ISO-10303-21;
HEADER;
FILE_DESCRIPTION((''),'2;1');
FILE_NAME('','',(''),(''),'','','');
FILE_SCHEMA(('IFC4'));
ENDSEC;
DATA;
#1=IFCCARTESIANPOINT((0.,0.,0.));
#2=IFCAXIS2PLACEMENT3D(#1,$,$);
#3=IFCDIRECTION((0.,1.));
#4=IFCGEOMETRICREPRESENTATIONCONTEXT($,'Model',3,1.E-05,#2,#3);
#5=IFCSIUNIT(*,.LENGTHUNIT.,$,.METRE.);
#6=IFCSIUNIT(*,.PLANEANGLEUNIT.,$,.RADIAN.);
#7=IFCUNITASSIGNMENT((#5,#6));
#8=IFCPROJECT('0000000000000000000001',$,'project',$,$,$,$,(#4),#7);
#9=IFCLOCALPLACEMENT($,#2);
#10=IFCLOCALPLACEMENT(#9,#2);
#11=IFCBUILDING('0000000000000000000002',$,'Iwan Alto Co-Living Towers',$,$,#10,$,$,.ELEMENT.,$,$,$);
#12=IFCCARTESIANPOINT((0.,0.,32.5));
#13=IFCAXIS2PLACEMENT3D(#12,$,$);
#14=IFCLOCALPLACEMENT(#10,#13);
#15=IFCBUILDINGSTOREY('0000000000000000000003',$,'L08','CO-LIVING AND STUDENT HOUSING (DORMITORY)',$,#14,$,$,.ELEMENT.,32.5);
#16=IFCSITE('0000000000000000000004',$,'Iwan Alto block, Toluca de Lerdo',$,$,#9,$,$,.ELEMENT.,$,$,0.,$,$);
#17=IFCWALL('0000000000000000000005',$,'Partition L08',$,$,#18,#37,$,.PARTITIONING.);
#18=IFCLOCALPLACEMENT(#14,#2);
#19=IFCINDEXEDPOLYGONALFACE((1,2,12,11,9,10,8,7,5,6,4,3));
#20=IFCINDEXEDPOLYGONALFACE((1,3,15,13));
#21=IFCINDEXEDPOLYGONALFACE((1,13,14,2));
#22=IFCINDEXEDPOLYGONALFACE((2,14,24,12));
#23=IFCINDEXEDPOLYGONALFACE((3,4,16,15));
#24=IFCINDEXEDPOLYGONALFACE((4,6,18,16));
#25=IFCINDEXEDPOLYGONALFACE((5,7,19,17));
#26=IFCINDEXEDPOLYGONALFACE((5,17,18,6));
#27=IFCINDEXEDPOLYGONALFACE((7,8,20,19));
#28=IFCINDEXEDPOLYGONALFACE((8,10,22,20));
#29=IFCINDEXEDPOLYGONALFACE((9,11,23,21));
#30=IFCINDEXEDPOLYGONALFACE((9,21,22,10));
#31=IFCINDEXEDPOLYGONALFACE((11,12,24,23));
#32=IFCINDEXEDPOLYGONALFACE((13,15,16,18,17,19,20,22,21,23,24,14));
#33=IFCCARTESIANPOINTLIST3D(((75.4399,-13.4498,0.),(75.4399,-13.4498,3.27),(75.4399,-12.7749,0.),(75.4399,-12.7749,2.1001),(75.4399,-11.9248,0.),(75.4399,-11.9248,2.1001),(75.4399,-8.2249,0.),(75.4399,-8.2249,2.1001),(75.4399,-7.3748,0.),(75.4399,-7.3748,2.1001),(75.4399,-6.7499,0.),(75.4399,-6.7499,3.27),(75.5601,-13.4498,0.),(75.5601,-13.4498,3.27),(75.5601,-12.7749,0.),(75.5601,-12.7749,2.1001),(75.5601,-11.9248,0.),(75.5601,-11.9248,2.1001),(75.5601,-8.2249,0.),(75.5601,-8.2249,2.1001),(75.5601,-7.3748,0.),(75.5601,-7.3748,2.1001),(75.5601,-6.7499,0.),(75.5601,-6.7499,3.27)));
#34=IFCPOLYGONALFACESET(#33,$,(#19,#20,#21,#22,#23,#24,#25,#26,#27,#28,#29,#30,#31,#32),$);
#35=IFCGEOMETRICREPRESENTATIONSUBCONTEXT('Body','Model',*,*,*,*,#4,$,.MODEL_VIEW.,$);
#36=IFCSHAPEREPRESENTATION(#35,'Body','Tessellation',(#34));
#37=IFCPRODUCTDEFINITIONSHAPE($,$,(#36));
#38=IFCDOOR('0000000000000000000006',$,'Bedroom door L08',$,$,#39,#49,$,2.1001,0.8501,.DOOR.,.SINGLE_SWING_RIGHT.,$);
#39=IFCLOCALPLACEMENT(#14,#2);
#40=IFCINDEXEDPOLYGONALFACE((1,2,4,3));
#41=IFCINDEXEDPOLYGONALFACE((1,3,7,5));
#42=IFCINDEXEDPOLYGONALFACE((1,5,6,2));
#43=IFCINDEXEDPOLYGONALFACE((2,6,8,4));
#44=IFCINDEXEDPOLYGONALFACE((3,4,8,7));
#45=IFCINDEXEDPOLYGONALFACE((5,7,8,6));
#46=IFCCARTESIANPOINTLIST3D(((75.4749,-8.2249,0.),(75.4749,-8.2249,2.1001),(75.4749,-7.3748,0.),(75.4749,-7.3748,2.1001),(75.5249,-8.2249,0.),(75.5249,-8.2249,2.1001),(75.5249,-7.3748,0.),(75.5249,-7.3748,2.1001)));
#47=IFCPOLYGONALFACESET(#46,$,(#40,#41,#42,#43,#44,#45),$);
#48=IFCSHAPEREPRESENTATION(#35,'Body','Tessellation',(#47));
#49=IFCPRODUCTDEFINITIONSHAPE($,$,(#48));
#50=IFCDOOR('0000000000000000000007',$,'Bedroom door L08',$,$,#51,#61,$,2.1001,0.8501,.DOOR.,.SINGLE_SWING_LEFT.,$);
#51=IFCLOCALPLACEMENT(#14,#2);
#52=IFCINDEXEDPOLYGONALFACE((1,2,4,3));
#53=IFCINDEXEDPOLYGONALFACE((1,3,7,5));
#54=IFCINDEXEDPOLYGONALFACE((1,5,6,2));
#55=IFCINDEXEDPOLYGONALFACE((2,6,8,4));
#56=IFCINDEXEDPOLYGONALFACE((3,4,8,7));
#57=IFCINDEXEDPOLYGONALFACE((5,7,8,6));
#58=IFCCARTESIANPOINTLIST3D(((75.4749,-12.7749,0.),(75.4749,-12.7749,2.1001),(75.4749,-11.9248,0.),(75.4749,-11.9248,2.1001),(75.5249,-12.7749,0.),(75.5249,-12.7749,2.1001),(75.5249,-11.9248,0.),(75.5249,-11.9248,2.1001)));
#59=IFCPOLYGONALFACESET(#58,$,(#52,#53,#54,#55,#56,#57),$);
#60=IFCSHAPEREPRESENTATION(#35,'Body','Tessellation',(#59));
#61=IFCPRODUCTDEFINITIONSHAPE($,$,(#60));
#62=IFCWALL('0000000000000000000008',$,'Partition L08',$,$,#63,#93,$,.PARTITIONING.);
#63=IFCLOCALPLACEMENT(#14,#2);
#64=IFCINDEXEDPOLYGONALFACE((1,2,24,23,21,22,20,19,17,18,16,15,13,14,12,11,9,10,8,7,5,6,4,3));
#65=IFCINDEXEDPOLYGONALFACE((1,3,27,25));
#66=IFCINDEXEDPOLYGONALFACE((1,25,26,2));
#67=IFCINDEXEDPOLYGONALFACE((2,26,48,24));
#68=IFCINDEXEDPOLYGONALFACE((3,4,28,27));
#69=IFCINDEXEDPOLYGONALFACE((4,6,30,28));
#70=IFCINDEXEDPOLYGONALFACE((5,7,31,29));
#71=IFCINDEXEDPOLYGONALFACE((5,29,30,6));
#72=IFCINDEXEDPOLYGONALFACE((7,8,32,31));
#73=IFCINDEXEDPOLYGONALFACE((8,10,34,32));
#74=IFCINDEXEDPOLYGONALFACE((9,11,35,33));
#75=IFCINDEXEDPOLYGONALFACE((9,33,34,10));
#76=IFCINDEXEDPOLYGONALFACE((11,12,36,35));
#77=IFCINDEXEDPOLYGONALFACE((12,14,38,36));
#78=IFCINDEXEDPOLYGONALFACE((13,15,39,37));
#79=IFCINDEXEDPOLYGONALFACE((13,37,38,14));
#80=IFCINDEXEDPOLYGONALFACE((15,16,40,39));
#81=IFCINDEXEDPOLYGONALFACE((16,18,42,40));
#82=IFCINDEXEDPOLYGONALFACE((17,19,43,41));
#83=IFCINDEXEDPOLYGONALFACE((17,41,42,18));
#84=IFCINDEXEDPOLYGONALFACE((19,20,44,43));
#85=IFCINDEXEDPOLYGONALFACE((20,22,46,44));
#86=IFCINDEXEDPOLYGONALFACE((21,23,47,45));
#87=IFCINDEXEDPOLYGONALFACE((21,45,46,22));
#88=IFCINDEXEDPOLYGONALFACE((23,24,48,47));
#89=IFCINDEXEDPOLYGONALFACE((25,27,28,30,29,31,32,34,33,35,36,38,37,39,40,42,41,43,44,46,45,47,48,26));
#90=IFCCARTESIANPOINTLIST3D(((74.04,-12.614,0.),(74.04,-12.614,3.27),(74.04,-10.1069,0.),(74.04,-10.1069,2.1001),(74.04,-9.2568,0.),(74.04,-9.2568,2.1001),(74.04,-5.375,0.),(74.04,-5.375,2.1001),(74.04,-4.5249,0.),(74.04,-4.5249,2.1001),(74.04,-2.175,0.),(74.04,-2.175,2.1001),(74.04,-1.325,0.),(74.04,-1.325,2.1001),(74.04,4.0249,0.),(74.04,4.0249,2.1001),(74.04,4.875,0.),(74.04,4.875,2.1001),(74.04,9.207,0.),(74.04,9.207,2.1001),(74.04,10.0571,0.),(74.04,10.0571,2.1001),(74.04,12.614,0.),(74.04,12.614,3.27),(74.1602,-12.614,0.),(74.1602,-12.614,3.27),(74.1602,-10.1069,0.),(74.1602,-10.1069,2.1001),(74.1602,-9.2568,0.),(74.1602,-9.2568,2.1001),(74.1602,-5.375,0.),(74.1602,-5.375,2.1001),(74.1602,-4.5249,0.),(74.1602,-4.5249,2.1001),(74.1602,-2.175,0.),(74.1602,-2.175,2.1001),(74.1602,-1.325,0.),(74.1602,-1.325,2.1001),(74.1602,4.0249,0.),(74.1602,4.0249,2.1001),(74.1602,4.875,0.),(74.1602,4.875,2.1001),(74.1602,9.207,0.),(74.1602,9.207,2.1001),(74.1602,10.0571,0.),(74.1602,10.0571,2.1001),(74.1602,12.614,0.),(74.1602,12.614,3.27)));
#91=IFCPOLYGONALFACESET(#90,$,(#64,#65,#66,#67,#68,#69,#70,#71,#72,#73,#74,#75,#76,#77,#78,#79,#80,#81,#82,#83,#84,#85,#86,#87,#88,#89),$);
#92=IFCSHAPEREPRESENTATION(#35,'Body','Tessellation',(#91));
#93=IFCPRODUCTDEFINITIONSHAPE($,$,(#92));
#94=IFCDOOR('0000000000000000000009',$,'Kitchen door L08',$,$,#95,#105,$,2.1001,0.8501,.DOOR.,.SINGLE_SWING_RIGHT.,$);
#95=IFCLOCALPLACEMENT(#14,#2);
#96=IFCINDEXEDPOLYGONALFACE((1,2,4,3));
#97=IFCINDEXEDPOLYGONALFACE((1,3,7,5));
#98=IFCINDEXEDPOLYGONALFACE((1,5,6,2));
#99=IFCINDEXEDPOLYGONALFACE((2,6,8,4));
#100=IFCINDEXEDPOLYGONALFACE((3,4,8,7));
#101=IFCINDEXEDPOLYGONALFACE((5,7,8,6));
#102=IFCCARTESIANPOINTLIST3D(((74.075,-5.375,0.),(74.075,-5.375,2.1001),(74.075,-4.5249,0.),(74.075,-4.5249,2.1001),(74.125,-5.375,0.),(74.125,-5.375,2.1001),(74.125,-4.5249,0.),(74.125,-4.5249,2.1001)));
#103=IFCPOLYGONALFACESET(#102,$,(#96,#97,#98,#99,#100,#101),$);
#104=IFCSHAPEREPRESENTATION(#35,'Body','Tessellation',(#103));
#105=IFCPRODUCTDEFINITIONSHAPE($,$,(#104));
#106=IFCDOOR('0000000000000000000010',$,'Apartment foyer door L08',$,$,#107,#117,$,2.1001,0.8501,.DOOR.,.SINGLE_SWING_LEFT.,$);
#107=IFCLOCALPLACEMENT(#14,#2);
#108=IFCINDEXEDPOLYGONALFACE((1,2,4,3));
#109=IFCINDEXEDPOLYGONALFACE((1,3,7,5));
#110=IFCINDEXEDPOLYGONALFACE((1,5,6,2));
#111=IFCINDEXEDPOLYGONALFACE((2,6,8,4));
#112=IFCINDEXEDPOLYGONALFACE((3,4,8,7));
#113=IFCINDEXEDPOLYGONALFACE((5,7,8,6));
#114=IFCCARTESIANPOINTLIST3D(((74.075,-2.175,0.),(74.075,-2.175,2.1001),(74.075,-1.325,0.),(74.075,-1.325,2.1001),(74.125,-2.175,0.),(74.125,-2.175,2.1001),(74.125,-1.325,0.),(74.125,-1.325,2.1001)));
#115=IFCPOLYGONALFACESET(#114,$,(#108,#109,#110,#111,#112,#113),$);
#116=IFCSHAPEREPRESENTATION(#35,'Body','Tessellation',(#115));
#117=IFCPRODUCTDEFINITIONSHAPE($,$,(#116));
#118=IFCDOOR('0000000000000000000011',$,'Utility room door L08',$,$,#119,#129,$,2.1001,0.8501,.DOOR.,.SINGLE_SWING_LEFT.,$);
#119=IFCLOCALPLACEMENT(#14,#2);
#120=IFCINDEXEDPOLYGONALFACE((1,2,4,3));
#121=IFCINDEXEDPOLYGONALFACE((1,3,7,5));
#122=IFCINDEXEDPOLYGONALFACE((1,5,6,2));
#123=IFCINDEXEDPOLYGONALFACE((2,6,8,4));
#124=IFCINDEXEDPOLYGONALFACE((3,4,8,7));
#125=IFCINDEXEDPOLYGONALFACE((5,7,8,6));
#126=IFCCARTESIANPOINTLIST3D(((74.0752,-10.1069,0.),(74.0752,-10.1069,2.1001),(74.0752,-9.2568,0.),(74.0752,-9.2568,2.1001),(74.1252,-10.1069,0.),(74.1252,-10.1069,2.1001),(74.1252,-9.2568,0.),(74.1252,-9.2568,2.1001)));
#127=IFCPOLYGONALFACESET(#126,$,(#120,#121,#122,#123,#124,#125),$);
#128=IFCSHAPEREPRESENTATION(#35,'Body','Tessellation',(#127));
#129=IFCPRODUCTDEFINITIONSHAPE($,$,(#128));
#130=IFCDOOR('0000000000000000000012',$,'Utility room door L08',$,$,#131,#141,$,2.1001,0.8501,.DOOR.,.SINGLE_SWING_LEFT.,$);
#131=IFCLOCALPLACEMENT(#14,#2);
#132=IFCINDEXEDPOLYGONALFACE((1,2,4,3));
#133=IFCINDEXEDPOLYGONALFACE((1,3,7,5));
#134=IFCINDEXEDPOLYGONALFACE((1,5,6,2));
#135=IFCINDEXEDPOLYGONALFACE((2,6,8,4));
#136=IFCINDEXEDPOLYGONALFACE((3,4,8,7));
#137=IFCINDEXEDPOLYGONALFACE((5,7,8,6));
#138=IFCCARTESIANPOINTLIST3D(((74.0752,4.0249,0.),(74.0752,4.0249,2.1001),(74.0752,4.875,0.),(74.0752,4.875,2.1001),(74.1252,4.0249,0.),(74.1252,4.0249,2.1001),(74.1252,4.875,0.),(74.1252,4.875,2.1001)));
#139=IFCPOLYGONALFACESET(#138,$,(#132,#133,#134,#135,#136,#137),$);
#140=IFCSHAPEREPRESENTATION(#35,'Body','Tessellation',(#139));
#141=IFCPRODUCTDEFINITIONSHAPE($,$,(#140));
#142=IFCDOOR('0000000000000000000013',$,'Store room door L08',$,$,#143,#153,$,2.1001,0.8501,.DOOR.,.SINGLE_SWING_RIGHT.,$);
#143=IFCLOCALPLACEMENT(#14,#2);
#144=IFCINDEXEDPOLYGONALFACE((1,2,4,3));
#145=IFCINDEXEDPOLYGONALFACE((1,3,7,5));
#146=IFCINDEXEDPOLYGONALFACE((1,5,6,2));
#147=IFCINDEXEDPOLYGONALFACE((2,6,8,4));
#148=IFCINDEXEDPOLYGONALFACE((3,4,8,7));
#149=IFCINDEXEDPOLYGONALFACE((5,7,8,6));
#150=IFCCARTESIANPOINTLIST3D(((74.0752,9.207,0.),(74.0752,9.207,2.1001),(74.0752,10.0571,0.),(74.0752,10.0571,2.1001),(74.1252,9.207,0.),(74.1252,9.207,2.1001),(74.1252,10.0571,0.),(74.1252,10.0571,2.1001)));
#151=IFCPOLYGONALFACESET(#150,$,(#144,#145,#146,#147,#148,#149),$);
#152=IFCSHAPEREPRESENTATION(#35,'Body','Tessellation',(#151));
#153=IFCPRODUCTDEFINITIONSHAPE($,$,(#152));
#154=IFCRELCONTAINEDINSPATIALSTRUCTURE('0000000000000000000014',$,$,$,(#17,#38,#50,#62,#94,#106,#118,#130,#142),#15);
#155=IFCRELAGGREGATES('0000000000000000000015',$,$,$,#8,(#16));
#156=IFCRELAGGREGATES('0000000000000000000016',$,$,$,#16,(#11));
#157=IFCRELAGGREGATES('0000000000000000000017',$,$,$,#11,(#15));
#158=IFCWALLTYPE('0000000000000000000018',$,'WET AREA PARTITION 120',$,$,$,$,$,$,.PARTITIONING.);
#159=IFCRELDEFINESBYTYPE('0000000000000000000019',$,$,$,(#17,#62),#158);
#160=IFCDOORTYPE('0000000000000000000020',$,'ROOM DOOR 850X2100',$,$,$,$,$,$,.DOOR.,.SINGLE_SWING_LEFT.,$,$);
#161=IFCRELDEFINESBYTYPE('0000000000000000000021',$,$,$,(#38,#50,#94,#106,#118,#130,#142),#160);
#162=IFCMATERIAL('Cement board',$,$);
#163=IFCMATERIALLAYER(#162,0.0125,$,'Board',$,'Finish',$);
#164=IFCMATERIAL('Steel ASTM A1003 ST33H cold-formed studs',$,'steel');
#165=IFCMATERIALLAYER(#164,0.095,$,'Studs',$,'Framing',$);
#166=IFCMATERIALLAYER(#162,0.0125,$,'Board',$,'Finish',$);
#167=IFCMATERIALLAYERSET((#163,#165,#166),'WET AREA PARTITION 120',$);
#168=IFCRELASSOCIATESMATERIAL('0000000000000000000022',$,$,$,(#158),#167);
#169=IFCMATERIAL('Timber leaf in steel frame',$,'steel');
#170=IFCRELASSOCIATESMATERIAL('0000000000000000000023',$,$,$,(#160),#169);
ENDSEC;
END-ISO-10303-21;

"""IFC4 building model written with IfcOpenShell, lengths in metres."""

from ifc_helpers import new_model, si_unit, direction, frame, frame_2d, origin, place, context, subcontext, project, spatial, rectangle, extrude, material, layer, layer_set, type_object, element, fill, save


model = new_model("IFC4")

# Units and contexts
model_context = context("Model", 3, precision=1e-05, world=origin(), true_north=direction((0.0, 1.0)))
body_context = subcontext(model_context, "Body", "Model", "MODEL_VIEW")
ifc_project = project(units=[si_unit("LENGTHUNIT", "METRE"), si_unit("PLANEANGLEUNIT", "RADIAN")], contexts=[model_context])

# Site, building, storey
site_placement = place(None, origin())
site = spatial("IfcSite", under=ifc_project, at=site_placement, Name="Iwan Alto block, Toluca de Lerdo", CompositionType="ELEMENT", RefElevation=0.0)
building_placement = place(site_placement, origin())
building = spatial("IfcBuilding", under=site, at=building_placement, Name="Iwan Alto Co-Living Towers", CompositionType="ELEMENT")
storey_placement = place(building_placement, frame((0.0, 0.0, 32.5)))
storey = spatial("IfcBuildingStorey", under=building, at=storey_placement, Name="L08", Description="CO-LIVING AND STUDENT HOUSING (DORMITORY)", CompositionType="ELEMENT", Elevation=32.5)

# Shared definitions
ifc_material_1 = material(Name="Steel ASTM A1003 ST33H cold-formed studs", Category="steel")
ifc_material_2 = material(Name="Cement board")
ifc_layer_1 = layer(ifc_material_2, 0.0125, Name="Board", Category="Finish")
ifc_layer_2 = layer(ifc_material_1, 0.095, Name="Studs", Category="Framing")
ifc_layer_3 = layer(ifc_material_2, 0.0125, Name="Board", Category="Finish")
ifc_layer_set_1 = layer_set([ifc_layer_1, ifc_layer_2, ifc_layer_3], Name="WET AREA PARTITION 120")
wall_type_1 = type_object("IfcWallType", Name="WET AREA PARTITION 120", PredefinedType="PARTITIONING", material=ifc_layer_set_1)

# Shared definitions
ifc_material_3 = material(Name="Timber leaf in steel frame", Category="steel")
door_type = type_object("IfcDoorType", Name="ROOM DOOR 850X2100", OperationType="SINGLE_SWING_LEFT", PredefinedType="DOOR", material=ifc_material_3)

# Walls, openings, doors
wall_1_placement = place(storey_placement, frame((75.5, -13.45, 0.0), z_axis=(0.0, 0.0, 1.0), x_axis=(0.0, 1.0, 0.0)))
wall_1 = element("IfcWall", 1, at=wall_1_placement, inside=storey, type_object=wall_type_1, Name="Partition L08", PredefinedType="PARTITIONING", context=body_context, shape_type="SweptSolid", body=[
    extrude(rectangle(XDim=6.7, YDim=0.1201, at=frame_2d((3.3501, 0.0))), origin(), (0.0, 0.0, 1.0), 3.27),
])
opening_1_placement = place(wall_1_placement, frame((5.2251, 0.0, 0.0)))
opening_1 = element("IfcOpeningElement", 2, at=opening_1_placement, cuts=wall_1, PredefinedType="OPENING", context=body_context, shape_type="SweptSolid", body=[
    extrude(rectangle(XDim=0.8501, YDim=2.1001, at=frame_2d((0.425, 1.05))), frame((0.0, 0.0701, 0.0), z_axis=(0.0, -1.0, 0.0), x_axis=(1.0, 0.0, 0.0)), (0.0, 0.0, 1.0), 0.1401),
])
opening_2_placement = place(wall_1_placement, frame((0.675, 0.0, 0.0)))
opening_2 = element("IfcOpeningElement", 3, at=opening_2_placement, cuts=wall_1, PredefinedType="OPENING", context=body_context, shape_type="SweptSolid", body=[
    extrude(rectangle(XDim=0.8501, YDim=2.1001, at=frame_2d((0.425, 1.05))), frame((0.0, 0.0701, 0.0), z_axis=(0.0, -1.0, 0.0), x_axis=(1.0, 0.0, 0.0)), (0.0, 0.0, 1.0), 0.1401),
])
door_1_placement = place(opening_1_placement, frame((0.8501, 0.0, 0.0), z_axis=(0.0, 0.0, 1.0), x_axis=(-1.0, 0.0, 0.0)))
door_1 = element("IfcDoor", 4, at=door_1_placement, inside=storey, type_object=door_type, Name="Bedroom door L08", OperationType="SINGLE_SWING_RIGHT", OverallHeight=2.1001, OverallWidth=0.8501, PredefinedType="DOOR", context=body_context, shape_type="SweptSolid", body=[
    extrude(rectangle(XDim=0.8501, YDim=2.1001, at=frame_2d((0.425, 1.05))), frame((0.0, 0.0249, 0.0), z_axis=(0.0, -1.0, 0.0), x_axis=(1.0, 0.0, 0.0)), (0.0, 0.0, 1.0), 0.05),
])
fill(opening_1, door_1)
door_2_placement = place(opening_2_placement, frame((0.8501, 0.0, 0.0), z_axis=(0.0, 0.0, 1.0), x_axis=(-1.0, 0.0, 0.0)))
door_2 = element("IfcDoor", 5, at=door_2_placement, inside=storey, type_object=door_type, Name="Bedroom door L08", OperationType="SINGLE_SWING_LEFT", OverallHeight=2.1001, OverallWidth=0.8501, PredefinedType="DOOR", context=body_context, shape_type="SweptSolid", body=[
    extrude(rectangle(XDim=0.8501, YDim=2.1001, at=frame_2d((0.425, 1.05))), frame((0.0, 0.0249, 0.0), z_axis=(0.0, -1.0, 0.0), x_axis=(1.0, 0.0, 0.0)), (0.0, 0.0, 1.0), 0.05),
])
fill(opening_2, door_2)
wall_2_placement = place(storey_placement, frame((74.1001, -12.614, 0.0), z_axis=(0.0, 0.0, 1.0), x_axis=(0.0, 1.0, 0.0)))
wall_2 = element("IfcWall", 6, at=wall_2_placement, inside=storey, type_object=wall_type_1, Name="Partition L08", PredefinedType="PARTITIONING", context=body_context, shape_type="SweptSolid", body=[
    extrude(rectangle(XDim=25.228, YDim=0.1201, at=frame_2d((12.614, 0.0))), origin(), (0.0, 0.0, 1.0), 3.27),
])
opening_3_placement = place(wall_2_placement, frame((7.239, 0.0, 0.0)))
opening_3 = element("IfcOpeningElement", 7, at=opening_3_placement, cuts=wall_2, PredefinedType="OPENING", context=body_context, shape_type="SweptSolid", body=[
    extrude(rectangle(XDim=0.8501, YDim=2.1001, at=frame_2d((0.425, 1.05))), frame((0.0, 0.0701, 0.0), z_axis=(0.0, -1.0, 0.0), x_axis=(1.0, 0.0, 0.0)), (0.0, 0.0, 1.0), 0.1401),
])
opening_4_placement = place(wall_2_placement, frame((10.439, 0.0, 0.0)))
opening_4 = element("IfcOpeningElement", 8, at=opening_4_placement, cuts=wall_2, PredefinedType="OPENING", context=body_context, shape_type="SweptSolid", body=[
    extrude(rectangle(XDim=0.8501, YDim=2.1001, at=frame_2d((0.425, 1.05))), frame((0.0, 0.0701, 0.0), z_axis=(0.0, -1.0, 0.0), x_axis=(1.0, 0.0, 0.0)), (0.0, 0.0, 1.0), 0.1401),
])
opening_5_placement = place(wall_2_placement, frame((2.5071, 0.0, 0.0)))
opening_5 = element("IfcOpeningElement", 9, at=opening_5_placement, cuts=wall_2, PredefinedType="OPENING", context=body_context, shape_type="SweptSolid", body=[
    extrude(rectangle(XDim=0.8501, YDim=2.1001, at=frame_2d((0.425, 1.05))), frame((0.0, 0.0701, 0.0), z_axis=(0.0, -1.0, 0.0), x_axis=(1.0, 0.0, 0.0)), (0.0, 0.0, 1.0), 0.1401),
])
opening_6_placement = place(wall_2_placement, frame((16.6389, 0.0, 0.0)))
opening_6 = element("IfcOpeningElement", 10, at=opening_6_placement, cuts=wall_2, PredefinedType="OPENING", context=body_context, shape_type="SweptSolid", body=[
    extrude(rectangle(XDim=0.8501, YDim=2.1001, at=frame_2d((0.425, 1.05))), frame((0.0, 0.0701, 0.0), z_axis=(0.0, -1.0, 0.0), x_axis=(1.0, 0.0, 0.0)), (0.0, 0.0, 1.0), 0.1401),
])
opening_7_placement = place(wall_2_placement, frame((21.821, 0.0, 0.0)))
opening_7 = element("IfcOpeningElement", 11, at=opening_7_placement, cuts=wall_2, PredefinedType="OPENING", context=body_context, shape_type="SweptSolid", body=[
    extrude(rectangle(XDim=0.8501, YDim=2.1001, at=frame_2d((0.425, 1.05))), frame((0.0, 0.0701, 0.0), z_axis=(0.0, -1.0, 0.0), x_axis=(1.0, 0.0, 0.0)), (0.0, 0.0, 1.0), 0.1401),
])
door_3_placement = place(opening_3_placement, frame((0.8501, 0.0, 0.0), z_axis=(0.0, 0.0, 1.0), x_axis=(-1.0, 0.0, 0.0)))
door_3 = element("IfcDoor", 12, at=door_3_placement, inside=storey, type_object=door_type, Name="Kitchen door L08", OperationType="SINGLE_SWING_RIGHT", OverallHeight=2.1001, OverallWidth=0.8501, PredefinedType="DOOR", context=body_context, shape_type="SweptSolid", body=[
    extrude(rectangle(XDim=0.8501, YDim=2.1001, at=frame_2d((0.425, 1.05))), frame((0.0, 0.0249, 0.0), z_axis=(0.0, -1.0, 0.0), x_axis=(1.0, 0.0, 0.0)), (0.0, 0.0, 1.0), 0.05),
])
fill(opening_3, door_3)
door_4_placement = place(opening_4_placement, frame((0.8501, 0.0, 0.0), z_axis=(0.0, 0.0, 1.0), x_axis=(-1.0, 0.0, 0.0)))
door_4 = element("IfcDoor", 13, at=door_4_placement, inside=storey, type_object=door_type, Name="Apartment foyer door L08", OperationType="SINGLE_SWING_LEFT", OverallHeight=2.1001, OverallWidth=0.8501, PredefinedType="DOOR", context=body_context, shape_type="SweptSolid", body=[
    extrude(rectangle(XDim=0.8501, YDim=2.1001, at=frame_2d((0.425, 1.05))), frame((0.0, 0.0249, 0.0), z_axis=(0.0, -1.0, 0.0), x_axis=(1.0, 0.0, 0.0)), (0.0, 0.0, 1.0), 0.05),
])
fill(opening_4, door_4)
door_5_placement = place(opening_5_placement, origin())
door_5 = element("IfcDoor", 14, at=door_5_placement, inside=storey, type_object=door_type, Name="Utility room door L08", OperationType="SINGLE_SWING_LEFT", OverallHeight=2.1001, OverallWidth=0.8501, PredefinedType="DOOR", context=body_context, shape_type="SweptSolid", body=[
    extrude(rectangle(XDim=0.8501, YDim=2.1001, at=frame_2d((0.425, 1.05))), frame((0.0, 0.0249, 0.0), z_axis=(0.0, -1.0, 0.0), x_axis=(1.0, 0.0, 0.0)), (0.0, 0.0, 1.0), 0.05),
])
fill(opening_5, door_5)
door_6_placement = place(opening_6_placement, origin())
door_6 = element("IfcDoor", 15, at=door_6_placement, inside=storey, type_object=door_type, Name="Utility room door L08", OperationType="SINGLE_SWING_LEFT", OverallHeight=2.1001, OverallWidth=0.8501, PredefinedType="DOOR", context=body_context, shape_type="SweptSolid", body=[
    extrude(rectangle(XDim=0.8501, YDim=2.1001, at=frame_2d((0.425, 1.05))), frame((0.0, 0.0249, 0.0), z_axis=(0.0, -1.0, 0.0), x_axis=(1.0, 0.0, 0.0)), (0.0, 0.0, 1.0), 0.05),
])
fill(opening_6, door_6)
door_7_placement = place(opening_7_placement, origin())
door_7 = element("IfcDoor", 16, at=door_7_placement, inside=storey, type_object=door_type, Name="Store room door L08", OperationType="SINGLE_SWING_RIGHT", OverallHeight=2.1001, OverallWidth=0.8501, PredefinedType="DOOR", context=body_context, shape_type="SweptSolid", body=[
    extrude(rectangle(XDim=0.8501, YDim=2.1001, at=frame_2d((0.425, 1.05))), frame((0.0, 0.0249, 0.0), z_axis=(0.0, -1.0, 0.0), x_axis=(1.0, 0.0, 0.0)), (0.0, 0.0, 1.0), 0.05),
])
fill(opening_7, door_7)

save(model, "model.ifc")
